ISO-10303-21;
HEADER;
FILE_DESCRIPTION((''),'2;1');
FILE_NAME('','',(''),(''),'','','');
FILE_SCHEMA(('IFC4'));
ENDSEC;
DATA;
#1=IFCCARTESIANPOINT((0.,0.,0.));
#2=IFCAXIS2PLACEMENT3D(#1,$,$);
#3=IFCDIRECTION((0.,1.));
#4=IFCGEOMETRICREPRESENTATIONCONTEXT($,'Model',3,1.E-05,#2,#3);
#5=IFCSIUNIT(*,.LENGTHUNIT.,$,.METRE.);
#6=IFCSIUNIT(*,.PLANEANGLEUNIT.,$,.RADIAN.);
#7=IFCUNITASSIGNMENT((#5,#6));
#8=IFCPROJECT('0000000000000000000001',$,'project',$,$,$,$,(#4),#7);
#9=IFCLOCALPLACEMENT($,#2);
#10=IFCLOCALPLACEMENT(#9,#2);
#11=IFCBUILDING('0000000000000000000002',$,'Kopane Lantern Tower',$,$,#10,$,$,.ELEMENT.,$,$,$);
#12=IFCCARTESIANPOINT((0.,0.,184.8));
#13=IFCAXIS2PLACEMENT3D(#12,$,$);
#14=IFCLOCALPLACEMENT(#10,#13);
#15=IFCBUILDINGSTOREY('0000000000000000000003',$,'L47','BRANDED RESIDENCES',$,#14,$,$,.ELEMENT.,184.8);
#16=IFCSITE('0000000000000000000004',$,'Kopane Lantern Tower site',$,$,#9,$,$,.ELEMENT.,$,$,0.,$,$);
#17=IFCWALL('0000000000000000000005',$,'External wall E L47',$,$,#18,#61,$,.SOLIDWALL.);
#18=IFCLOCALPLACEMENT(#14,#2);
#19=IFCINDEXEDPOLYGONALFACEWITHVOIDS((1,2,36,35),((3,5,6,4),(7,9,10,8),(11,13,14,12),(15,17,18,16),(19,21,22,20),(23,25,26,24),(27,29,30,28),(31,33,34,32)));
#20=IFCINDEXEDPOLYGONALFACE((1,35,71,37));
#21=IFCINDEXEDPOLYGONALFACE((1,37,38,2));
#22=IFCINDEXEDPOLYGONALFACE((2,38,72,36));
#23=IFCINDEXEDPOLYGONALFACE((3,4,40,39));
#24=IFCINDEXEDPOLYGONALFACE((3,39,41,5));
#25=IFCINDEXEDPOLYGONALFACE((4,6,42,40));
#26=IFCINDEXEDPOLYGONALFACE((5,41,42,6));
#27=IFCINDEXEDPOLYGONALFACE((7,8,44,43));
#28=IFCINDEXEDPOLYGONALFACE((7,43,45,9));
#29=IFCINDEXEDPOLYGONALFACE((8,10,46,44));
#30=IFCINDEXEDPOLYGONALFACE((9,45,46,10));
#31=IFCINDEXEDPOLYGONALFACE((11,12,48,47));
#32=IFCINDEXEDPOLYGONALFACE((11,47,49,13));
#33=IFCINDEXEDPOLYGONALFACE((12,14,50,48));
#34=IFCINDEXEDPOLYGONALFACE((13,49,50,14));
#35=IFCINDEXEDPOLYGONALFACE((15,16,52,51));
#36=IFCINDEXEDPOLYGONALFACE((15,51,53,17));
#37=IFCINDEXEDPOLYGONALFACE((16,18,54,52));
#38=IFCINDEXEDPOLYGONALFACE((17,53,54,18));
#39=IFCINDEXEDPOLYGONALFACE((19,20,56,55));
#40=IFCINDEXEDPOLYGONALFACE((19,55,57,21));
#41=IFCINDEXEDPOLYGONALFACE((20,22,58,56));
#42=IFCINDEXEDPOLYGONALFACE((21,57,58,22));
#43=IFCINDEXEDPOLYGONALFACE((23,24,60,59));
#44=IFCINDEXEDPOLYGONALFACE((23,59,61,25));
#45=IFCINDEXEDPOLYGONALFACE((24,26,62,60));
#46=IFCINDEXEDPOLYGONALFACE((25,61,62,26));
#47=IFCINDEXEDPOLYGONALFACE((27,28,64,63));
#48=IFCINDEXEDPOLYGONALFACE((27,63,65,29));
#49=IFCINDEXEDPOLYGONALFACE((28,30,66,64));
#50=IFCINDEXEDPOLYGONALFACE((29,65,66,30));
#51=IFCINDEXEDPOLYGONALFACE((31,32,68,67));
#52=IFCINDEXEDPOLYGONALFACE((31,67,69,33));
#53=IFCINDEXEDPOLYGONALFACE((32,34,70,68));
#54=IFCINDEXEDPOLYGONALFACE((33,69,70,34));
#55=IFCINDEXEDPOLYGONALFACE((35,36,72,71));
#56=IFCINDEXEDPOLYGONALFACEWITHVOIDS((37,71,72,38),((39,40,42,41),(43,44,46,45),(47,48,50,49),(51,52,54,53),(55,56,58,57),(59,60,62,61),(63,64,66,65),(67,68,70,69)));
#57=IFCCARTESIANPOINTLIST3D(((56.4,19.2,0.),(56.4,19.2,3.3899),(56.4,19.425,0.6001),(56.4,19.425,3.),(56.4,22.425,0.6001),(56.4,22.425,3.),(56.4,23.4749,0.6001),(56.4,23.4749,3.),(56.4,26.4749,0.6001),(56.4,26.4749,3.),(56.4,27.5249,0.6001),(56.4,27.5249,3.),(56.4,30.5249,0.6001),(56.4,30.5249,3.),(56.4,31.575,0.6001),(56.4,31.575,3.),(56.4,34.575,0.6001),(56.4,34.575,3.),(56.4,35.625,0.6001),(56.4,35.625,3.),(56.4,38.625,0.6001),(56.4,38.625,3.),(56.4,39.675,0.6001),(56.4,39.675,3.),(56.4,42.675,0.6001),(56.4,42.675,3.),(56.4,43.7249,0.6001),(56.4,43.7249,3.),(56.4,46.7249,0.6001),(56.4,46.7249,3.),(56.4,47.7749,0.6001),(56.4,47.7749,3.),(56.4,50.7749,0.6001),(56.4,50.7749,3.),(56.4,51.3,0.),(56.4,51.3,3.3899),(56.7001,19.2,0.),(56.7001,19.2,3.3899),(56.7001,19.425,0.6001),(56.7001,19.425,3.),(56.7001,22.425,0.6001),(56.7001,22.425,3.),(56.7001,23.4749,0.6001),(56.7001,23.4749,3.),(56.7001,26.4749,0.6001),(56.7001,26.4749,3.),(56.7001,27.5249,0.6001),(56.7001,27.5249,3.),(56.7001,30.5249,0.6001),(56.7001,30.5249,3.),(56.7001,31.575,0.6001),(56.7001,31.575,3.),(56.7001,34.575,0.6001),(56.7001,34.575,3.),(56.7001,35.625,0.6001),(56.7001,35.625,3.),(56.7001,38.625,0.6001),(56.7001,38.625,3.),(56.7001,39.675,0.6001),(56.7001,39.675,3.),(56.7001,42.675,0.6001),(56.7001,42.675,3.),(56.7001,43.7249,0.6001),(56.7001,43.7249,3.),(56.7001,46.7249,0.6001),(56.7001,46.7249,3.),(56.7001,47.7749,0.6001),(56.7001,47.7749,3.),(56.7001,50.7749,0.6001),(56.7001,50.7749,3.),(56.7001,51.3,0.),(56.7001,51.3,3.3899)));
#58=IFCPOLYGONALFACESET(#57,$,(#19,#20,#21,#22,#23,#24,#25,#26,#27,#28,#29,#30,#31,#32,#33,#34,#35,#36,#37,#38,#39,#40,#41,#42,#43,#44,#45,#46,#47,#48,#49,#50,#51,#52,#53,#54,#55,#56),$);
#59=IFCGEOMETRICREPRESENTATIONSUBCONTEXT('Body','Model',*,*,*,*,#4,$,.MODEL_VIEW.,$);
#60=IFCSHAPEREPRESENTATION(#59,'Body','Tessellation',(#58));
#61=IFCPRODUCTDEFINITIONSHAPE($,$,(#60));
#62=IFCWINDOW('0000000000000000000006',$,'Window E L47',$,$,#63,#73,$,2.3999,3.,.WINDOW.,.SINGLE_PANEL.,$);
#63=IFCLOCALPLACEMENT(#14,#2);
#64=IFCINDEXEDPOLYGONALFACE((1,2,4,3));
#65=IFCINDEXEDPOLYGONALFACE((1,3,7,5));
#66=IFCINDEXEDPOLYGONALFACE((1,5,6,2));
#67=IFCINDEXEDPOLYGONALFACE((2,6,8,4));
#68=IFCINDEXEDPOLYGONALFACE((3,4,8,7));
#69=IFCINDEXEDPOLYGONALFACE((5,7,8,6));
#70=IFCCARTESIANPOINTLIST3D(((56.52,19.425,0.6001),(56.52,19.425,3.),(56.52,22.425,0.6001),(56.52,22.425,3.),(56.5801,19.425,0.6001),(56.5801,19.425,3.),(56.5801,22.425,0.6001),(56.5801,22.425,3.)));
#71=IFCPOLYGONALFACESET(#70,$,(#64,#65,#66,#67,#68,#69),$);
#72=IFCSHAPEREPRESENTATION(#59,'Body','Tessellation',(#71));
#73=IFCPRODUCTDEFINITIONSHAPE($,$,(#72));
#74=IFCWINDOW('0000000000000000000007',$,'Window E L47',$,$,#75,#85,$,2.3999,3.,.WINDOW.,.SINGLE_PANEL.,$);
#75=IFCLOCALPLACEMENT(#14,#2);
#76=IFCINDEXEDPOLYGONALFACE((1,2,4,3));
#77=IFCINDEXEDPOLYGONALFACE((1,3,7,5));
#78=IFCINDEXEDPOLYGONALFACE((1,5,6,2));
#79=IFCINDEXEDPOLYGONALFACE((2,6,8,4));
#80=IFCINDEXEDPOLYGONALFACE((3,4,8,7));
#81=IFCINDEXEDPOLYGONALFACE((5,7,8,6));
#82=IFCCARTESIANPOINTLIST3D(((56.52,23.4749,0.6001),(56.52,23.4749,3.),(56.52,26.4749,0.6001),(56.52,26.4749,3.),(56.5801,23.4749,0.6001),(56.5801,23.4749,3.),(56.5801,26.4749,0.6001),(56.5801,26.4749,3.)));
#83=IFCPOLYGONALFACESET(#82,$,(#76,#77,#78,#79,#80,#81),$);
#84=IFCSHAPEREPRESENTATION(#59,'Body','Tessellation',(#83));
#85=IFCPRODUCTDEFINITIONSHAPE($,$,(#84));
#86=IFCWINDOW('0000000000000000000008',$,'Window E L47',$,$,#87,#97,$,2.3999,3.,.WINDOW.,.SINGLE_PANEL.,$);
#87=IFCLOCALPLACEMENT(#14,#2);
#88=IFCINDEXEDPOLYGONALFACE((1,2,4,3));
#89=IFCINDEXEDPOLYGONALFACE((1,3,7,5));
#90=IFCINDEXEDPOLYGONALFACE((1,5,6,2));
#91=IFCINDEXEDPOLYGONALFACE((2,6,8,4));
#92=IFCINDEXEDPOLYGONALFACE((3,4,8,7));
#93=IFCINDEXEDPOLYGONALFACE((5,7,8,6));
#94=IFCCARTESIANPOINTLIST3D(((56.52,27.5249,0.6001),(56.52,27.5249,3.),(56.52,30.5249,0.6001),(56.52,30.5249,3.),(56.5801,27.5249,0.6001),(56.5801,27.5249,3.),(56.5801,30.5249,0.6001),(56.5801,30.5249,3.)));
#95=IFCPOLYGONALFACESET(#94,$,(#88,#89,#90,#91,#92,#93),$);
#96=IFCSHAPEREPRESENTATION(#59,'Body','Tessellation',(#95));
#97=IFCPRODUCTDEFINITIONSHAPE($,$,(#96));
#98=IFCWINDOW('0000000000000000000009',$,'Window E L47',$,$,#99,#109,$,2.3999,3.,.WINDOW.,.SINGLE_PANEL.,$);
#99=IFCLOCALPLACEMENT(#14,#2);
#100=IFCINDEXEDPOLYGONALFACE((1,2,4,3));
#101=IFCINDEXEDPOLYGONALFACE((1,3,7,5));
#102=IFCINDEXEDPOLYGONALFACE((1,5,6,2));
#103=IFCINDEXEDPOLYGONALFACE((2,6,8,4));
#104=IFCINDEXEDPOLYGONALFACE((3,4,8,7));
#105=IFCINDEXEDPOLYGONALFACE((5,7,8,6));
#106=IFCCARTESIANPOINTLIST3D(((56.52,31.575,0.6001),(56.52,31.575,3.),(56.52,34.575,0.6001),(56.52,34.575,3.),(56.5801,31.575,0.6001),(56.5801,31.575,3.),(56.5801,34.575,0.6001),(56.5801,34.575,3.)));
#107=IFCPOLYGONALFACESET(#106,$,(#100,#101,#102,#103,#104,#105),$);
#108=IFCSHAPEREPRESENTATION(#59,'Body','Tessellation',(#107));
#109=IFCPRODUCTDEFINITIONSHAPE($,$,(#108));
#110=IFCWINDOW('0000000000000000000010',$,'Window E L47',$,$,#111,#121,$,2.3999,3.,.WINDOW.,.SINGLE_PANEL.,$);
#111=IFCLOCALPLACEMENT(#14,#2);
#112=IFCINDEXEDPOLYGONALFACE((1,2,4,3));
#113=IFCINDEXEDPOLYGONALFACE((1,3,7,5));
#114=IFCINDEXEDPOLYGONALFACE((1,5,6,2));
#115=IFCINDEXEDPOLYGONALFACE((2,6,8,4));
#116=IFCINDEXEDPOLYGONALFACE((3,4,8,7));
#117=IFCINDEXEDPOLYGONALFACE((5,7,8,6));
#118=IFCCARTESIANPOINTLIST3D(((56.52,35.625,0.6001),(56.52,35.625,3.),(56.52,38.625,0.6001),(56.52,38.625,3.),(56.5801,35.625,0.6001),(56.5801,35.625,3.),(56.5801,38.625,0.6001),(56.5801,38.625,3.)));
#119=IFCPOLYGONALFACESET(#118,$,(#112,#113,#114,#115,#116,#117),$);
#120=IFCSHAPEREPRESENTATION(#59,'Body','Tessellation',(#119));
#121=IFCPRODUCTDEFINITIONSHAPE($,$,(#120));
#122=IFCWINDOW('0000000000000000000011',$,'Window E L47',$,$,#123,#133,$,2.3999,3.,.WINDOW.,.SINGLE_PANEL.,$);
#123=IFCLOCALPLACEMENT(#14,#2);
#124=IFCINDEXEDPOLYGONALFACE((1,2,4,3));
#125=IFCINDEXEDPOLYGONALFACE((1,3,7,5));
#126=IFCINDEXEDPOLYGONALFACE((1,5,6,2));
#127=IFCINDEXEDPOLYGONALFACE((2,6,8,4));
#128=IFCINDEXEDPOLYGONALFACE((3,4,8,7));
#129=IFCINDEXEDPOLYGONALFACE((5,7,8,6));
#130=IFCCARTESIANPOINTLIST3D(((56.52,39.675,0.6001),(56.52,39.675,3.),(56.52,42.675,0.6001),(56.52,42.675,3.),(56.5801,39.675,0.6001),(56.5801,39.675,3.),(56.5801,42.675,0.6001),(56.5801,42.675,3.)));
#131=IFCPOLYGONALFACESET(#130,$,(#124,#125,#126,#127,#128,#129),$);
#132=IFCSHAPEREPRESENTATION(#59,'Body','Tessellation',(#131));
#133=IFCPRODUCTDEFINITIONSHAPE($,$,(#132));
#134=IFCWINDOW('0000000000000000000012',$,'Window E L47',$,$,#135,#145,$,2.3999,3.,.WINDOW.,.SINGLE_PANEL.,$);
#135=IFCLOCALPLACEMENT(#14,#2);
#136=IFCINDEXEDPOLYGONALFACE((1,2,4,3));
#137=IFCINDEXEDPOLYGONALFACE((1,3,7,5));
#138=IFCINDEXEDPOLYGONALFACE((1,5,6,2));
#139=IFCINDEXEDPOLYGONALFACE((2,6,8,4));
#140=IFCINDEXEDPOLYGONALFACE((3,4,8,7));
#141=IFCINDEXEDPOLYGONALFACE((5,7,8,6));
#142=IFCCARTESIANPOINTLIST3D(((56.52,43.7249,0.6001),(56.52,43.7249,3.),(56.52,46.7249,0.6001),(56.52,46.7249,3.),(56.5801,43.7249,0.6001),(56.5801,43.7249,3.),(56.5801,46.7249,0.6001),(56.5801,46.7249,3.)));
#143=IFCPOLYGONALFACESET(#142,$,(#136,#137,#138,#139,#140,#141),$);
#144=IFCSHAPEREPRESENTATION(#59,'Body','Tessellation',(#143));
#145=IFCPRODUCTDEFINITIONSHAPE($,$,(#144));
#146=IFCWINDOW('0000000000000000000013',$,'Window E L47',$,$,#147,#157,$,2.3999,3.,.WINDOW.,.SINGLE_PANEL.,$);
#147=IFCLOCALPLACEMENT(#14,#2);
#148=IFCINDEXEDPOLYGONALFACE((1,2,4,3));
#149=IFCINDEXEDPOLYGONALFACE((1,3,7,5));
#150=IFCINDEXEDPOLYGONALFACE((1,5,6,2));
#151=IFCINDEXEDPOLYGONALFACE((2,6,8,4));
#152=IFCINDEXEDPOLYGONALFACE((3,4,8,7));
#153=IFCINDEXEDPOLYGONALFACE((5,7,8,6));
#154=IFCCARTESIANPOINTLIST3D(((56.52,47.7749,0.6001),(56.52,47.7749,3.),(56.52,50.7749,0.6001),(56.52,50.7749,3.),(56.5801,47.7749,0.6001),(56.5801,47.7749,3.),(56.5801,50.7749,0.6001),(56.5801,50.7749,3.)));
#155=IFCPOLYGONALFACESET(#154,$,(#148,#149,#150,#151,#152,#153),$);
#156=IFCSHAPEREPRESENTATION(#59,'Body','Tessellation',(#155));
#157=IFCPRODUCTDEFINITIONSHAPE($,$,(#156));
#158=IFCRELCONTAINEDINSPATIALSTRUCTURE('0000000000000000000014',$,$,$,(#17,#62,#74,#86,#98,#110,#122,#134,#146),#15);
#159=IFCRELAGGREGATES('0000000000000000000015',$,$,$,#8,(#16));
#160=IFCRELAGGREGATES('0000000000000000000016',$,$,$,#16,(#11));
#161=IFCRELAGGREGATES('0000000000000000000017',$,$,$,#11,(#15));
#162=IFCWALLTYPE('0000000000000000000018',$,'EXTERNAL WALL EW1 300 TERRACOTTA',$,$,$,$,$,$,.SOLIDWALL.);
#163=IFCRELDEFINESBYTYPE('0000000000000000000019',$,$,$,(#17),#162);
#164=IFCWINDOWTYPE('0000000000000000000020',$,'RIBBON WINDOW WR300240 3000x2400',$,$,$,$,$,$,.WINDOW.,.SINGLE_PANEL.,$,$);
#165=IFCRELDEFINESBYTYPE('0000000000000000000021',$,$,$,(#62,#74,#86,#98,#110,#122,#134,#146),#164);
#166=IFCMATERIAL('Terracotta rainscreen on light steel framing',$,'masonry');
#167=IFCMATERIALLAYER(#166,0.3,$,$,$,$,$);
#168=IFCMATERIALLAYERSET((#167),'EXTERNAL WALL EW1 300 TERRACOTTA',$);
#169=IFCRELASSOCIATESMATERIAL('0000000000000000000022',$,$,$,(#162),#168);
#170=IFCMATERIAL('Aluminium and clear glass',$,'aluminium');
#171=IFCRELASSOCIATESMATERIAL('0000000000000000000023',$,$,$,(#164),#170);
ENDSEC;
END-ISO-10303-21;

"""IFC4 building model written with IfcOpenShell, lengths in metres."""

from ifc_helpers import new_model, si_unit, direction, frame, frame_2d, origin, place, context, subcontext, project, spatial, rectangle, extrude, material, layer, layer_set, type_object, element, fill, save


model = new_model("IFC4")

# Units and contexts
model_context = context("Model", 3, precision=1e-05, world=origin(), true_north=direction((0.0, 1.0)))
body_context = subcontext(model_context, "Body", "Model", "MODEL_VIEW")
ifc_project = project(units=[si_unit("LENGTHUNIT", "METRE"), si_unit("PLANEANGLEUNIT", "RADIAN")], contexts=[model_context])

# Site, building, storey
site_placement = place(None, origin())
site = spatial("IfcSite", under=ifc_project, at=site_placement, Name="Kopane Lantern Tower site", CompositionType="ELEMENT", RefElevation=0.0)
building_placement = place(site_placement, origin())
building = spatial("IfcBuilding", under=site, at=building_placement, Name="Kopane Lantern Tower", CompositionType="ELEMENT")
storey_placement = place(building_placement, frame((0.0, 0.0, 184.8)))
storey = spatial("IfcBuildingStorey", under=building, at=storey_placement, Name="L47", Description="BRANDED RESIDENCES", CompositionType="ELEMENT", Elevation=184.8)

# Wall, openings, windows
ifc_material_1 = material(Name="Terracotta rainscreen on light steel framing", Category="masonry")
ifc_layer_1 = layer(ifc_material_1, 0.3)
ifc_layer_set_1 = layer_set([ifc_layer_1], Name="EXTERNAL WALL EW1 300 TERRACOTTA")
wall_type_1 = type_object("IfcWallType", Name="EXTERNAL WALL EW1 300 TERRACOTTA", PredefinedType="SOLIDWALL", material=ifc_layer_set_1)
wall_1_placement = place(storey_placement, frame((56.55, 19.2, 0.0), z_axis=(0.0, 0.0, 1.0), x_axis=(0.0, 1.0, 0.0)))
wall_1 = element("IfcWall", 1, at=wall_1_placement, inside=storey, type_object=wall_type_1, Name="External wall E L47", PredefinedType="SOLIDWALL", context=body_context, shape_type="SweptSolid", body=[
    extrude(rectangle(XDim=32.1001, YDim=0.3, at=frame_2d((16.05, 0.0))), origin(), (0.0, 0.0, 1.0), 3.3899),
])
opening_1_placement = place(wall_1_placement, frame((0.2251, 0.0, 0.6001)))
opening_1 = element("IfcOpeningElement", 2, at=opening_1_placement, cuts=wall_1, PredefinedType="OPENING", context=body_context, shape_type="SweptSolid", body=[
    extrude(rectangle(XDim=3.0, YDim=2.3999, at=frame_2d((1.5, 1.2))), frame((0.0, 0.1599, 0.0), z_axis=(0.0, -1.0, 0.0), x_axis=(1.0, 0.0, 0.0)), (0.0, 0.0, 1.0), 0.3201),
])
opening_2_placement = place(wall_1_placement, frame((4.2749, 0.0, 0.6001)))
opening_2 = element("IfcOpeningElement", 3, at=opening_2_placement, cuts=wall_1, PredefinedType="OPENING", context=body_context, shape_type="SweptSolid", body=[
    extrude(rectangle(XDim=3.0, YDim=2.3999, at=frame_2d((1.5, 1.2))), frame((0.0, 0.1599, 0.0), z_axis=(0.0, -1.0, 0.0), x_axis=(1.0, 0.0, 0.0)), (0.0, 0.0, 1.0), 0.3201),
])
opening_3_placement = place(wall_1_placement, frame((8.325, 0.0, 0.6001)))
opening_3 = element("IfcOpeningElement", 4, at=opening_3_placement, cuts=wall_1, PredefinedType="OPENING", context=body_context, shape_type="SweptSolid", body=[
    extrude(rectangle(XDim=3.0, YDim=2.3999, at=frame_2d((1.5, 1.2))), frame((0.0, 0.1599, 0.0), z_axis=(0.0, -1.0, 0.0), x_axis=(1.0, 0.0, 0.0)), (0.0, 0.0, 1.0), 0.3201),
])
opening_4_placement = place(wall_1_placement, frame((12.375, 0.0, 0.6001)))
opening_4 = element("IfcOpeningElement", 5, at=opening_4_placement, cuts=wall_1, PredefinedType="OPENING", context=body_context, shape_type="SweptSolid", body=[
    extrude(rectangle(XDim=3.0, YDim=2.3999, at=frame_2d((1.5, 1.2))), frame((0.0, 0.1599, 0.0), z_axis=(0.0, -1.0, 0.0), x_axis=(1.0, 0.0, 0.0)), (0.0, 0.0, 1.0), 0.3201),
])
opening_5_placement = place(wall_1_placement, frame((16.425, 0.0, 0.6001)))
opening_5 = element("IfcOpeningElement", 6, at=opening_5_placement, cuts=wall_1, PredefinedType="OPENING", context=body_context, shape_type="SweptSolid", body=[
    extrude(rectangle(XDim=3.0, YDim=2.3999, at=frame_2d((1.5, 1.2))), frame((0.0, 0.1599, 0.0), z_axis=(0.0, -1.0, 0.0), x_axis=(1.0, 0.0, 0.0)), (0.0, 0.0, 1.0), 0.3201),
])
opening_6_placement = place(wall_1_placement, frame((20.4751, 0.0, 0.6001)))
opening_6 = element("IfcOpeningElement", 7, at=opening_6_placement, cuts=wall_1, PredefinedType="OPENING", context=body_context, shape_type="SweptSolid", body=[
    extrude(rectangle(XDim=3.0, YDim=2.3999, at=frame_2d((1.5, 1.2))), frame((0.0, 0.1599, 0.0), z_axis=(0.0, -1.0, 0.0), x_axis=(1.0, 0.0, 0.0)), (0.0, 0.0, 1.0), 0.3201),
])
opening_7_placement = place(wall_1_placement, frame((24.5249, 0.0, 0.6001)))
opening_7 = element("IfcOpeningElement", 8, at=opening_7_placement, cuts=wall_1, PredefinedType="OPENING", context=body_context, shape_type="SweptSolid", body=[
    extrude(rectangle(XDim=3.0, YDim=2.3999, at=frame_2d((1.5, 1.2))), frame((0.0, 0.1599, 0.0), z_axis=(0.0, -1.0, 0.0), x_axis=(1.0, 0.0, 0.0)), (0.0, 0.0, 1.0), 0.3201),
])
opening_8_placement = place(wall_1_placement, frame((28.575, 0.0, 0.6001)))
opening_8 = element("IfcOpeningElement", 9, at=opening_8_placement, cuts=wall_1, PredefinedType="OPENING", context=body_context, shape_type="SweptSolid", body=[
    extrude(rectangle(XDim=3.0, YDim=2.3999, at=frame_2d((1.5, 1.2))), frame((0.0, 0.1599, 0.0), z_axis=(0.0, -1.0, 0.0), x_axis=(1.0, 0.0, 0.0)), (0.0, 0.0, 1.0), 0.3201),
])
ifc_material_2 = material(Name="Aluminium and clear glass", Category="aluminium")
window_type = type_object("IfcWindowType", Name="RIBBON WINDOW WR300240 3000x2400", PartitioningType="SINGLE_PANEL", PredefinedType="WINDOW", material=ifc_material_2)
window_1_placement = place(opening_1_placement, origin())
window_1 = element("IfcWindow", 10, at=window_1_placement, inside=storey, type_object=window_type, Name="Window E L47", OverallHeight=2.3999, OverallWidth=3.0, PartitioningType="SINGLE_PANEL", PredefinedType="WINDOW", context=body_context, shape_type="SweptSolid", body=[
    extrude(rectangle(XDim=3.0, YDim=2.3999, at=frame_2d((1.5, 1.2))), frame((0.0, 0.03, 0.0), z_axis=(0.0, -1.0, 0.0), x_axis=(1.0, 0.0, 0.0)), (0.0, 0.0, 1.0), 0.0601),
])
fill(opening_1, window_1)
window_2_placement = place(opening_2_placement, origin())
window_2 = element("IfcWindow", 11, at=window_2_placement, inside=storey, type_object=window_type, Name="Window E L47", OverallHeight=2.3999, OverallWidth=3.0, PartitioningType="SINGLE_PANEL", PredefinedType="WINDOW", context=body_context, shape_type="SweptSolid", body=[
    extrude(rectangle(XDim=3.0, YDim=2.3999, at=frame_2d((1.5, 1.2))), frame((0.0, 0.03, 0.0), z_axis=(0.0, -1.0, 0.0), x_axis=(1.0, 0.0, 0.0)), (0.0, 0.0, 1.0), 0.0601),
])
fill(opening_2, window_2)
window_3_placement = place(opening_3_placement, origin())
window_3 = element("IfcWindow", 12, at=window_3_placement, inside=storey, type_object=window_type, Name="Window E L47", OverallHeight=2.3999, OverallWidth=3.0, PartitioningType="SINGLE_PANEL", PredefinedType="WINDOW", context=body_context, shape_type="SweptSolid", body=[
    extrude(rectangle(XDim=3.0, YDim=2.3999, at=frame_2d((1.5, 1.2))), frame((0.0, 0.03, 0.0), z_axis=(0.0, -1.0, 0.0), x_axis=(1.0, 0.0, 0.0)), (0.0, 0.0, 1.0), 0.0601),
])
fill(opening_3, window_3)
window_4_placement = place(opening_4_placement, origin())
window_4 = element("IfcWindow", 13, at=window_4_placement, inside=storey, type_object=window_type, Name="Window E L47", OverallHeight=2.3999, OverallWidth=3.0, PartitioningType="SINGLE_PANEL", PredefinedType="WINDOW", context=body_context, shape_type="SweptSolid", body=[
    extrude(rectangle(XDim=3.0, YDim=2.3999, at=frame_2d((1.5, 1.2))), frame((0.0, 0.03, 0.0), z_axis=(0.0, -1.0, 0.0), x_axis=(1.0, 0.0, 0.0)), (0.0, 0.0, 1.0), 0.0601),
])
fill(opening_4, window_4)
window_5_placement = place(opening_5_placement, origin())
window_5 = element("IfcWindow", 14, at=window_5_placement, inside=storey, type_object=window_type, Name="Window E L47", OverallHeight=2.3999, OverallWidth=3.0, PartitioningType="SINGLE_PANEL", PredefinedType="WINDOW", context=body_context, shape_type="SweptSolid", body=[
    extrude(rectangle(XDim=3.0, YDim=2.3999, at=frame_2d((1.5, 1.2))), frame((0.0, 0.03, 0.0), z_axis=(0.0, -1.0, 0.0), x_axis=(1.0, 0.0, 0.0)), (0.0, 0.0, 1.0), 0.0601),
])
fill(opening_5, window_5)
window_6_placement = place(opening_6_placement, origin())
window_6 = element("IfcWindow", 15, at=window_6_placement, inside=storey, type_object=window_type, Name="Window E L47", OverallHeight=2.3999, OverallWidth=3.0, PartitioningType="SINGLE_PANEL", PredefinedType="WINDOW", context=body_context, shape_type="SweptSolid", body=[
    extrude(rectangle(XDim=3.0, YDim=2.3999, at=frame_2d((1.5, 1.2))), frame((0.0, 0.03, 0.0), z_axis=(0.0, -1.0, 0.0), x_axis=(1.0, 0.0, 0.0)), (0.0, 0.0, 1.0), 0.0601),
])
fill(opening_6, window_6)
window_7_placement = place(opening_7_placement, origin())
window_7 = element("IfcWindow", 16, at=window_7_placement, inside=storey, type_object=window_type, Name="Window E L47", OverallHeight=2.3999, OverallWidth=3.0, PartitioningType="SINGLE_PANEL", PredefinedType="WINDOW", context=body_context, shape_type="SweptSolid", body=[
    extrude(rectangle(XDim=3.0, YDim=2.3999, at=frame_2d((1.5, 1.2))), frame((0.0, 0.03, 0.0), z_axis=(0.0, -1.0, 0.0), x_axis=(1.0, 0.0, 0.0)), (0.0, 0.0, 1.0), 0.0601),
])
fill(opening_7, window_7)
window_8_placement = place(opening_8_placement, origin())
window_8 = element("IfcWindow", 17, at=window_8_placement, inside=storey, type_object=window_type, Name="Window E L47", OverallHeight=2.3999, OverallWidth=3.0, PartitioningType="SINGLE_PANEL", PredefinedType="WINDOW", context=body_context, shape_type="SweptSolid", body=[
    extrude(rectangle(XDim=3.0, YDim=2.3999, at=frame_2d((1.5, 1.2))), frame((0.0, 0.03, 0.0), z_axis=(0.0, -1.0, 0.0), x_axis=(1.0, 0.0, 0.0)), (0.0, 0.0, 1.0), 0.0601),
])
fill(opening_8, window_8)

save(model, "model.ifc")
